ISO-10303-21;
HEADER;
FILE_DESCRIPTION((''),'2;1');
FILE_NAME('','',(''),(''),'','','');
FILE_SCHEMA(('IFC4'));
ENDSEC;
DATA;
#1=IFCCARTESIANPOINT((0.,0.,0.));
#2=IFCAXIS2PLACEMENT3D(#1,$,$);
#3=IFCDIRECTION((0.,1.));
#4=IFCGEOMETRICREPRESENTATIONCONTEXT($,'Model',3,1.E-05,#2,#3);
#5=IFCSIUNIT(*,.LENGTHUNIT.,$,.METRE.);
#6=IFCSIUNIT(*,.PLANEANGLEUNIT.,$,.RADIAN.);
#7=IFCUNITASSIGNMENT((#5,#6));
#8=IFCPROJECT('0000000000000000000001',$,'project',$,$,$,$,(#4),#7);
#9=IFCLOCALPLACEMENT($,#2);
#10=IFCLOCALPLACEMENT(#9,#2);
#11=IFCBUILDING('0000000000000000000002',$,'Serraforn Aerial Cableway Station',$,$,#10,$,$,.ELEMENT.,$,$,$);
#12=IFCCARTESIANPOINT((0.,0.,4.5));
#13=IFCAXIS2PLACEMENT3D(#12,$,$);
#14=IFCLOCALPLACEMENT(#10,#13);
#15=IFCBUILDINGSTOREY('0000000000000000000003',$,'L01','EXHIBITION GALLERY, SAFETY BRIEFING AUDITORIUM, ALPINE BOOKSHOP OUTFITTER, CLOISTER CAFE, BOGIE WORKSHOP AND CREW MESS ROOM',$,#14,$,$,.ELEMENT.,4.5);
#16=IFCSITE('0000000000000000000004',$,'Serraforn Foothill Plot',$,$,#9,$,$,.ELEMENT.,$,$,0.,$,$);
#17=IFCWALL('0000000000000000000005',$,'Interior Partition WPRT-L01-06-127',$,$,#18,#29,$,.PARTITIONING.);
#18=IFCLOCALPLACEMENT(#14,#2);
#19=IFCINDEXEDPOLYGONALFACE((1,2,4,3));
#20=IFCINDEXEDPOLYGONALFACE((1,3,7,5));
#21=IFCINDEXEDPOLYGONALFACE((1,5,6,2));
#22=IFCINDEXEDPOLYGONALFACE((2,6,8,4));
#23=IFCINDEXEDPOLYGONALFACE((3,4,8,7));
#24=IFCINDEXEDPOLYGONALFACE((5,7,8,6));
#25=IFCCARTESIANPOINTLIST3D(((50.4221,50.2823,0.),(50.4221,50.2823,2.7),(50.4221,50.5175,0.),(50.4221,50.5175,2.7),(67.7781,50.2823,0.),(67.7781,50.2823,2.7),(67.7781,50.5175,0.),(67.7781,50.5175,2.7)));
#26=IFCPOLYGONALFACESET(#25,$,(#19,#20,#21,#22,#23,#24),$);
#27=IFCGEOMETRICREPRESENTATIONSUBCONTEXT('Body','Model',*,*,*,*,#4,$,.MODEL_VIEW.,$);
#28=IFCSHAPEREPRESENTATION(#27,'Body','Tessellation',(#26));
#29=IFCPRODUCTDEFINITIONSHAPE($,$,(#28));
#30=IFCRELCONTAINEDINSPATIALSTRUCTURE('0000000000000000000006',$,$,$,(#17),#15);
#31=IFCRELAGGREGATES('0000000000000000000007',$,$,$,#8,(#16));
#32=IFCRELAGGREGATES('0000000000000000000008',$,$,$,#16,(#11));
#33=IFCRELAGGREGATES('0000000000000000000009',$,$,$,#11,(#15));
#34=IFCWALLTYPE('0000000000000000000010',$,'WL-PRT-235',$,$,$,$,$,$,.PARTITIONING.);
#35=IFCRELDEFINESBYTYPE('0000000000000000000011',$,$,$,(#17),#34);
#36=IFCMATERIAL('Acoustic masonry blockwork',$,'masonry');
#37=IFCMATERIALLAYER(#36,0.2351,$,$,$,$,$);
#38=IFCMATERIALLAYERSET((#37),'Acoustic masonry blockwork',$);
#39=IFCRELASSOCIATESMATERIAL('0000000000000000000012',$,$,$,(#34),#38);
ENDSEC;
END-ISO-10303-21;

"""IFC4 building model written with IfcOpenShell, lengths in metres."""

from ifc_helpers import new_model, si_unit, direction, frame, frame_2d, origin, place, context, subcontext, project, spatial, rectangle, extrude, material, layer, layer_set, type_object, element, save


model = new_model("IFC4")

# Units and contexts
model_context = context("Model", 3, precision=1e-05, world=origin(), true_north=direction((0.0, 1.0)))
body_context = subcontext(model_context, "Body", "Model", "MODEL_VIEW")
ifc_project = project(units=[si_unit("LENGTHUNIT", "METRE"), si_unit("PLANEANGLEUNIT", "RADIAN")], contexts=[model_context])

# Site, building, storey
site_placement = place(None, origin())
site = spatial("IfcSite", under=ifc_project, at=site_placement, Name="Serraforn Foothill Plot", CompositionType="ELEMENT", RefElevation=0.0)
building_placement = place(site_placement, origin())
building = spatial("IfcBuilding", under=site, at=building_placement, Name="Serraforn Aerial Cableway Station", CompositionType="ELEMENT")
storey_placement = place(building_placement, frame((0.0, 0.0, 4.5)))
storey = spatial("IfcBuildingStorey", under=building, at=storey_placement, Name="L01", Description="EXHIBITION GALLERY, SAFETY BRIEFING AUDITORIUM, ALPINE BOOKSHOP OUTFITTER, CLOISTER CAFE, BOGIE WORKSHOP AND CREW MESS ROOM", CompositionType="ELEMENT", Elevation=4.5)

# Wall
ifc_material_1 = material(Name="Acoustic masonry blockwork", Category="masonry")
ifc_layer_1 = layer(ifc_material_1, 0.2351)
ifc_layer_set_1 = layer_set([ifc_layer_1], Name="Acoustic masonry blockwork")
wall_type_1 = type_object("IfcWallType", Name="WL-PRT-235", PredefinedType="PARTITIONING", material=ifc_layer_set_1)
wall_1_placement = place(storey_placement, frame((50.4221, 50.3999, 0.0), z_axis=(0.0, 0.0, 1.0), x_axis=(1.0, 0.0, 0.0)))
element("IfcWall", 1, at=wall_1_placement, inside=storey, type_object=wall_type_1, Name="Interior Partition WPRT-L01-06-127", PredefinedType="PARTITIONING", context=body_context, shape_type="SweptSolid", body=[
    extrude(rectangle(XDim=17.356, YDim=0.2351, at=frame_2d((8.678, 0.0))), origin(), (0.0, 0.0, 1.0), 2.7),
])

save(model, "model.ifc")
